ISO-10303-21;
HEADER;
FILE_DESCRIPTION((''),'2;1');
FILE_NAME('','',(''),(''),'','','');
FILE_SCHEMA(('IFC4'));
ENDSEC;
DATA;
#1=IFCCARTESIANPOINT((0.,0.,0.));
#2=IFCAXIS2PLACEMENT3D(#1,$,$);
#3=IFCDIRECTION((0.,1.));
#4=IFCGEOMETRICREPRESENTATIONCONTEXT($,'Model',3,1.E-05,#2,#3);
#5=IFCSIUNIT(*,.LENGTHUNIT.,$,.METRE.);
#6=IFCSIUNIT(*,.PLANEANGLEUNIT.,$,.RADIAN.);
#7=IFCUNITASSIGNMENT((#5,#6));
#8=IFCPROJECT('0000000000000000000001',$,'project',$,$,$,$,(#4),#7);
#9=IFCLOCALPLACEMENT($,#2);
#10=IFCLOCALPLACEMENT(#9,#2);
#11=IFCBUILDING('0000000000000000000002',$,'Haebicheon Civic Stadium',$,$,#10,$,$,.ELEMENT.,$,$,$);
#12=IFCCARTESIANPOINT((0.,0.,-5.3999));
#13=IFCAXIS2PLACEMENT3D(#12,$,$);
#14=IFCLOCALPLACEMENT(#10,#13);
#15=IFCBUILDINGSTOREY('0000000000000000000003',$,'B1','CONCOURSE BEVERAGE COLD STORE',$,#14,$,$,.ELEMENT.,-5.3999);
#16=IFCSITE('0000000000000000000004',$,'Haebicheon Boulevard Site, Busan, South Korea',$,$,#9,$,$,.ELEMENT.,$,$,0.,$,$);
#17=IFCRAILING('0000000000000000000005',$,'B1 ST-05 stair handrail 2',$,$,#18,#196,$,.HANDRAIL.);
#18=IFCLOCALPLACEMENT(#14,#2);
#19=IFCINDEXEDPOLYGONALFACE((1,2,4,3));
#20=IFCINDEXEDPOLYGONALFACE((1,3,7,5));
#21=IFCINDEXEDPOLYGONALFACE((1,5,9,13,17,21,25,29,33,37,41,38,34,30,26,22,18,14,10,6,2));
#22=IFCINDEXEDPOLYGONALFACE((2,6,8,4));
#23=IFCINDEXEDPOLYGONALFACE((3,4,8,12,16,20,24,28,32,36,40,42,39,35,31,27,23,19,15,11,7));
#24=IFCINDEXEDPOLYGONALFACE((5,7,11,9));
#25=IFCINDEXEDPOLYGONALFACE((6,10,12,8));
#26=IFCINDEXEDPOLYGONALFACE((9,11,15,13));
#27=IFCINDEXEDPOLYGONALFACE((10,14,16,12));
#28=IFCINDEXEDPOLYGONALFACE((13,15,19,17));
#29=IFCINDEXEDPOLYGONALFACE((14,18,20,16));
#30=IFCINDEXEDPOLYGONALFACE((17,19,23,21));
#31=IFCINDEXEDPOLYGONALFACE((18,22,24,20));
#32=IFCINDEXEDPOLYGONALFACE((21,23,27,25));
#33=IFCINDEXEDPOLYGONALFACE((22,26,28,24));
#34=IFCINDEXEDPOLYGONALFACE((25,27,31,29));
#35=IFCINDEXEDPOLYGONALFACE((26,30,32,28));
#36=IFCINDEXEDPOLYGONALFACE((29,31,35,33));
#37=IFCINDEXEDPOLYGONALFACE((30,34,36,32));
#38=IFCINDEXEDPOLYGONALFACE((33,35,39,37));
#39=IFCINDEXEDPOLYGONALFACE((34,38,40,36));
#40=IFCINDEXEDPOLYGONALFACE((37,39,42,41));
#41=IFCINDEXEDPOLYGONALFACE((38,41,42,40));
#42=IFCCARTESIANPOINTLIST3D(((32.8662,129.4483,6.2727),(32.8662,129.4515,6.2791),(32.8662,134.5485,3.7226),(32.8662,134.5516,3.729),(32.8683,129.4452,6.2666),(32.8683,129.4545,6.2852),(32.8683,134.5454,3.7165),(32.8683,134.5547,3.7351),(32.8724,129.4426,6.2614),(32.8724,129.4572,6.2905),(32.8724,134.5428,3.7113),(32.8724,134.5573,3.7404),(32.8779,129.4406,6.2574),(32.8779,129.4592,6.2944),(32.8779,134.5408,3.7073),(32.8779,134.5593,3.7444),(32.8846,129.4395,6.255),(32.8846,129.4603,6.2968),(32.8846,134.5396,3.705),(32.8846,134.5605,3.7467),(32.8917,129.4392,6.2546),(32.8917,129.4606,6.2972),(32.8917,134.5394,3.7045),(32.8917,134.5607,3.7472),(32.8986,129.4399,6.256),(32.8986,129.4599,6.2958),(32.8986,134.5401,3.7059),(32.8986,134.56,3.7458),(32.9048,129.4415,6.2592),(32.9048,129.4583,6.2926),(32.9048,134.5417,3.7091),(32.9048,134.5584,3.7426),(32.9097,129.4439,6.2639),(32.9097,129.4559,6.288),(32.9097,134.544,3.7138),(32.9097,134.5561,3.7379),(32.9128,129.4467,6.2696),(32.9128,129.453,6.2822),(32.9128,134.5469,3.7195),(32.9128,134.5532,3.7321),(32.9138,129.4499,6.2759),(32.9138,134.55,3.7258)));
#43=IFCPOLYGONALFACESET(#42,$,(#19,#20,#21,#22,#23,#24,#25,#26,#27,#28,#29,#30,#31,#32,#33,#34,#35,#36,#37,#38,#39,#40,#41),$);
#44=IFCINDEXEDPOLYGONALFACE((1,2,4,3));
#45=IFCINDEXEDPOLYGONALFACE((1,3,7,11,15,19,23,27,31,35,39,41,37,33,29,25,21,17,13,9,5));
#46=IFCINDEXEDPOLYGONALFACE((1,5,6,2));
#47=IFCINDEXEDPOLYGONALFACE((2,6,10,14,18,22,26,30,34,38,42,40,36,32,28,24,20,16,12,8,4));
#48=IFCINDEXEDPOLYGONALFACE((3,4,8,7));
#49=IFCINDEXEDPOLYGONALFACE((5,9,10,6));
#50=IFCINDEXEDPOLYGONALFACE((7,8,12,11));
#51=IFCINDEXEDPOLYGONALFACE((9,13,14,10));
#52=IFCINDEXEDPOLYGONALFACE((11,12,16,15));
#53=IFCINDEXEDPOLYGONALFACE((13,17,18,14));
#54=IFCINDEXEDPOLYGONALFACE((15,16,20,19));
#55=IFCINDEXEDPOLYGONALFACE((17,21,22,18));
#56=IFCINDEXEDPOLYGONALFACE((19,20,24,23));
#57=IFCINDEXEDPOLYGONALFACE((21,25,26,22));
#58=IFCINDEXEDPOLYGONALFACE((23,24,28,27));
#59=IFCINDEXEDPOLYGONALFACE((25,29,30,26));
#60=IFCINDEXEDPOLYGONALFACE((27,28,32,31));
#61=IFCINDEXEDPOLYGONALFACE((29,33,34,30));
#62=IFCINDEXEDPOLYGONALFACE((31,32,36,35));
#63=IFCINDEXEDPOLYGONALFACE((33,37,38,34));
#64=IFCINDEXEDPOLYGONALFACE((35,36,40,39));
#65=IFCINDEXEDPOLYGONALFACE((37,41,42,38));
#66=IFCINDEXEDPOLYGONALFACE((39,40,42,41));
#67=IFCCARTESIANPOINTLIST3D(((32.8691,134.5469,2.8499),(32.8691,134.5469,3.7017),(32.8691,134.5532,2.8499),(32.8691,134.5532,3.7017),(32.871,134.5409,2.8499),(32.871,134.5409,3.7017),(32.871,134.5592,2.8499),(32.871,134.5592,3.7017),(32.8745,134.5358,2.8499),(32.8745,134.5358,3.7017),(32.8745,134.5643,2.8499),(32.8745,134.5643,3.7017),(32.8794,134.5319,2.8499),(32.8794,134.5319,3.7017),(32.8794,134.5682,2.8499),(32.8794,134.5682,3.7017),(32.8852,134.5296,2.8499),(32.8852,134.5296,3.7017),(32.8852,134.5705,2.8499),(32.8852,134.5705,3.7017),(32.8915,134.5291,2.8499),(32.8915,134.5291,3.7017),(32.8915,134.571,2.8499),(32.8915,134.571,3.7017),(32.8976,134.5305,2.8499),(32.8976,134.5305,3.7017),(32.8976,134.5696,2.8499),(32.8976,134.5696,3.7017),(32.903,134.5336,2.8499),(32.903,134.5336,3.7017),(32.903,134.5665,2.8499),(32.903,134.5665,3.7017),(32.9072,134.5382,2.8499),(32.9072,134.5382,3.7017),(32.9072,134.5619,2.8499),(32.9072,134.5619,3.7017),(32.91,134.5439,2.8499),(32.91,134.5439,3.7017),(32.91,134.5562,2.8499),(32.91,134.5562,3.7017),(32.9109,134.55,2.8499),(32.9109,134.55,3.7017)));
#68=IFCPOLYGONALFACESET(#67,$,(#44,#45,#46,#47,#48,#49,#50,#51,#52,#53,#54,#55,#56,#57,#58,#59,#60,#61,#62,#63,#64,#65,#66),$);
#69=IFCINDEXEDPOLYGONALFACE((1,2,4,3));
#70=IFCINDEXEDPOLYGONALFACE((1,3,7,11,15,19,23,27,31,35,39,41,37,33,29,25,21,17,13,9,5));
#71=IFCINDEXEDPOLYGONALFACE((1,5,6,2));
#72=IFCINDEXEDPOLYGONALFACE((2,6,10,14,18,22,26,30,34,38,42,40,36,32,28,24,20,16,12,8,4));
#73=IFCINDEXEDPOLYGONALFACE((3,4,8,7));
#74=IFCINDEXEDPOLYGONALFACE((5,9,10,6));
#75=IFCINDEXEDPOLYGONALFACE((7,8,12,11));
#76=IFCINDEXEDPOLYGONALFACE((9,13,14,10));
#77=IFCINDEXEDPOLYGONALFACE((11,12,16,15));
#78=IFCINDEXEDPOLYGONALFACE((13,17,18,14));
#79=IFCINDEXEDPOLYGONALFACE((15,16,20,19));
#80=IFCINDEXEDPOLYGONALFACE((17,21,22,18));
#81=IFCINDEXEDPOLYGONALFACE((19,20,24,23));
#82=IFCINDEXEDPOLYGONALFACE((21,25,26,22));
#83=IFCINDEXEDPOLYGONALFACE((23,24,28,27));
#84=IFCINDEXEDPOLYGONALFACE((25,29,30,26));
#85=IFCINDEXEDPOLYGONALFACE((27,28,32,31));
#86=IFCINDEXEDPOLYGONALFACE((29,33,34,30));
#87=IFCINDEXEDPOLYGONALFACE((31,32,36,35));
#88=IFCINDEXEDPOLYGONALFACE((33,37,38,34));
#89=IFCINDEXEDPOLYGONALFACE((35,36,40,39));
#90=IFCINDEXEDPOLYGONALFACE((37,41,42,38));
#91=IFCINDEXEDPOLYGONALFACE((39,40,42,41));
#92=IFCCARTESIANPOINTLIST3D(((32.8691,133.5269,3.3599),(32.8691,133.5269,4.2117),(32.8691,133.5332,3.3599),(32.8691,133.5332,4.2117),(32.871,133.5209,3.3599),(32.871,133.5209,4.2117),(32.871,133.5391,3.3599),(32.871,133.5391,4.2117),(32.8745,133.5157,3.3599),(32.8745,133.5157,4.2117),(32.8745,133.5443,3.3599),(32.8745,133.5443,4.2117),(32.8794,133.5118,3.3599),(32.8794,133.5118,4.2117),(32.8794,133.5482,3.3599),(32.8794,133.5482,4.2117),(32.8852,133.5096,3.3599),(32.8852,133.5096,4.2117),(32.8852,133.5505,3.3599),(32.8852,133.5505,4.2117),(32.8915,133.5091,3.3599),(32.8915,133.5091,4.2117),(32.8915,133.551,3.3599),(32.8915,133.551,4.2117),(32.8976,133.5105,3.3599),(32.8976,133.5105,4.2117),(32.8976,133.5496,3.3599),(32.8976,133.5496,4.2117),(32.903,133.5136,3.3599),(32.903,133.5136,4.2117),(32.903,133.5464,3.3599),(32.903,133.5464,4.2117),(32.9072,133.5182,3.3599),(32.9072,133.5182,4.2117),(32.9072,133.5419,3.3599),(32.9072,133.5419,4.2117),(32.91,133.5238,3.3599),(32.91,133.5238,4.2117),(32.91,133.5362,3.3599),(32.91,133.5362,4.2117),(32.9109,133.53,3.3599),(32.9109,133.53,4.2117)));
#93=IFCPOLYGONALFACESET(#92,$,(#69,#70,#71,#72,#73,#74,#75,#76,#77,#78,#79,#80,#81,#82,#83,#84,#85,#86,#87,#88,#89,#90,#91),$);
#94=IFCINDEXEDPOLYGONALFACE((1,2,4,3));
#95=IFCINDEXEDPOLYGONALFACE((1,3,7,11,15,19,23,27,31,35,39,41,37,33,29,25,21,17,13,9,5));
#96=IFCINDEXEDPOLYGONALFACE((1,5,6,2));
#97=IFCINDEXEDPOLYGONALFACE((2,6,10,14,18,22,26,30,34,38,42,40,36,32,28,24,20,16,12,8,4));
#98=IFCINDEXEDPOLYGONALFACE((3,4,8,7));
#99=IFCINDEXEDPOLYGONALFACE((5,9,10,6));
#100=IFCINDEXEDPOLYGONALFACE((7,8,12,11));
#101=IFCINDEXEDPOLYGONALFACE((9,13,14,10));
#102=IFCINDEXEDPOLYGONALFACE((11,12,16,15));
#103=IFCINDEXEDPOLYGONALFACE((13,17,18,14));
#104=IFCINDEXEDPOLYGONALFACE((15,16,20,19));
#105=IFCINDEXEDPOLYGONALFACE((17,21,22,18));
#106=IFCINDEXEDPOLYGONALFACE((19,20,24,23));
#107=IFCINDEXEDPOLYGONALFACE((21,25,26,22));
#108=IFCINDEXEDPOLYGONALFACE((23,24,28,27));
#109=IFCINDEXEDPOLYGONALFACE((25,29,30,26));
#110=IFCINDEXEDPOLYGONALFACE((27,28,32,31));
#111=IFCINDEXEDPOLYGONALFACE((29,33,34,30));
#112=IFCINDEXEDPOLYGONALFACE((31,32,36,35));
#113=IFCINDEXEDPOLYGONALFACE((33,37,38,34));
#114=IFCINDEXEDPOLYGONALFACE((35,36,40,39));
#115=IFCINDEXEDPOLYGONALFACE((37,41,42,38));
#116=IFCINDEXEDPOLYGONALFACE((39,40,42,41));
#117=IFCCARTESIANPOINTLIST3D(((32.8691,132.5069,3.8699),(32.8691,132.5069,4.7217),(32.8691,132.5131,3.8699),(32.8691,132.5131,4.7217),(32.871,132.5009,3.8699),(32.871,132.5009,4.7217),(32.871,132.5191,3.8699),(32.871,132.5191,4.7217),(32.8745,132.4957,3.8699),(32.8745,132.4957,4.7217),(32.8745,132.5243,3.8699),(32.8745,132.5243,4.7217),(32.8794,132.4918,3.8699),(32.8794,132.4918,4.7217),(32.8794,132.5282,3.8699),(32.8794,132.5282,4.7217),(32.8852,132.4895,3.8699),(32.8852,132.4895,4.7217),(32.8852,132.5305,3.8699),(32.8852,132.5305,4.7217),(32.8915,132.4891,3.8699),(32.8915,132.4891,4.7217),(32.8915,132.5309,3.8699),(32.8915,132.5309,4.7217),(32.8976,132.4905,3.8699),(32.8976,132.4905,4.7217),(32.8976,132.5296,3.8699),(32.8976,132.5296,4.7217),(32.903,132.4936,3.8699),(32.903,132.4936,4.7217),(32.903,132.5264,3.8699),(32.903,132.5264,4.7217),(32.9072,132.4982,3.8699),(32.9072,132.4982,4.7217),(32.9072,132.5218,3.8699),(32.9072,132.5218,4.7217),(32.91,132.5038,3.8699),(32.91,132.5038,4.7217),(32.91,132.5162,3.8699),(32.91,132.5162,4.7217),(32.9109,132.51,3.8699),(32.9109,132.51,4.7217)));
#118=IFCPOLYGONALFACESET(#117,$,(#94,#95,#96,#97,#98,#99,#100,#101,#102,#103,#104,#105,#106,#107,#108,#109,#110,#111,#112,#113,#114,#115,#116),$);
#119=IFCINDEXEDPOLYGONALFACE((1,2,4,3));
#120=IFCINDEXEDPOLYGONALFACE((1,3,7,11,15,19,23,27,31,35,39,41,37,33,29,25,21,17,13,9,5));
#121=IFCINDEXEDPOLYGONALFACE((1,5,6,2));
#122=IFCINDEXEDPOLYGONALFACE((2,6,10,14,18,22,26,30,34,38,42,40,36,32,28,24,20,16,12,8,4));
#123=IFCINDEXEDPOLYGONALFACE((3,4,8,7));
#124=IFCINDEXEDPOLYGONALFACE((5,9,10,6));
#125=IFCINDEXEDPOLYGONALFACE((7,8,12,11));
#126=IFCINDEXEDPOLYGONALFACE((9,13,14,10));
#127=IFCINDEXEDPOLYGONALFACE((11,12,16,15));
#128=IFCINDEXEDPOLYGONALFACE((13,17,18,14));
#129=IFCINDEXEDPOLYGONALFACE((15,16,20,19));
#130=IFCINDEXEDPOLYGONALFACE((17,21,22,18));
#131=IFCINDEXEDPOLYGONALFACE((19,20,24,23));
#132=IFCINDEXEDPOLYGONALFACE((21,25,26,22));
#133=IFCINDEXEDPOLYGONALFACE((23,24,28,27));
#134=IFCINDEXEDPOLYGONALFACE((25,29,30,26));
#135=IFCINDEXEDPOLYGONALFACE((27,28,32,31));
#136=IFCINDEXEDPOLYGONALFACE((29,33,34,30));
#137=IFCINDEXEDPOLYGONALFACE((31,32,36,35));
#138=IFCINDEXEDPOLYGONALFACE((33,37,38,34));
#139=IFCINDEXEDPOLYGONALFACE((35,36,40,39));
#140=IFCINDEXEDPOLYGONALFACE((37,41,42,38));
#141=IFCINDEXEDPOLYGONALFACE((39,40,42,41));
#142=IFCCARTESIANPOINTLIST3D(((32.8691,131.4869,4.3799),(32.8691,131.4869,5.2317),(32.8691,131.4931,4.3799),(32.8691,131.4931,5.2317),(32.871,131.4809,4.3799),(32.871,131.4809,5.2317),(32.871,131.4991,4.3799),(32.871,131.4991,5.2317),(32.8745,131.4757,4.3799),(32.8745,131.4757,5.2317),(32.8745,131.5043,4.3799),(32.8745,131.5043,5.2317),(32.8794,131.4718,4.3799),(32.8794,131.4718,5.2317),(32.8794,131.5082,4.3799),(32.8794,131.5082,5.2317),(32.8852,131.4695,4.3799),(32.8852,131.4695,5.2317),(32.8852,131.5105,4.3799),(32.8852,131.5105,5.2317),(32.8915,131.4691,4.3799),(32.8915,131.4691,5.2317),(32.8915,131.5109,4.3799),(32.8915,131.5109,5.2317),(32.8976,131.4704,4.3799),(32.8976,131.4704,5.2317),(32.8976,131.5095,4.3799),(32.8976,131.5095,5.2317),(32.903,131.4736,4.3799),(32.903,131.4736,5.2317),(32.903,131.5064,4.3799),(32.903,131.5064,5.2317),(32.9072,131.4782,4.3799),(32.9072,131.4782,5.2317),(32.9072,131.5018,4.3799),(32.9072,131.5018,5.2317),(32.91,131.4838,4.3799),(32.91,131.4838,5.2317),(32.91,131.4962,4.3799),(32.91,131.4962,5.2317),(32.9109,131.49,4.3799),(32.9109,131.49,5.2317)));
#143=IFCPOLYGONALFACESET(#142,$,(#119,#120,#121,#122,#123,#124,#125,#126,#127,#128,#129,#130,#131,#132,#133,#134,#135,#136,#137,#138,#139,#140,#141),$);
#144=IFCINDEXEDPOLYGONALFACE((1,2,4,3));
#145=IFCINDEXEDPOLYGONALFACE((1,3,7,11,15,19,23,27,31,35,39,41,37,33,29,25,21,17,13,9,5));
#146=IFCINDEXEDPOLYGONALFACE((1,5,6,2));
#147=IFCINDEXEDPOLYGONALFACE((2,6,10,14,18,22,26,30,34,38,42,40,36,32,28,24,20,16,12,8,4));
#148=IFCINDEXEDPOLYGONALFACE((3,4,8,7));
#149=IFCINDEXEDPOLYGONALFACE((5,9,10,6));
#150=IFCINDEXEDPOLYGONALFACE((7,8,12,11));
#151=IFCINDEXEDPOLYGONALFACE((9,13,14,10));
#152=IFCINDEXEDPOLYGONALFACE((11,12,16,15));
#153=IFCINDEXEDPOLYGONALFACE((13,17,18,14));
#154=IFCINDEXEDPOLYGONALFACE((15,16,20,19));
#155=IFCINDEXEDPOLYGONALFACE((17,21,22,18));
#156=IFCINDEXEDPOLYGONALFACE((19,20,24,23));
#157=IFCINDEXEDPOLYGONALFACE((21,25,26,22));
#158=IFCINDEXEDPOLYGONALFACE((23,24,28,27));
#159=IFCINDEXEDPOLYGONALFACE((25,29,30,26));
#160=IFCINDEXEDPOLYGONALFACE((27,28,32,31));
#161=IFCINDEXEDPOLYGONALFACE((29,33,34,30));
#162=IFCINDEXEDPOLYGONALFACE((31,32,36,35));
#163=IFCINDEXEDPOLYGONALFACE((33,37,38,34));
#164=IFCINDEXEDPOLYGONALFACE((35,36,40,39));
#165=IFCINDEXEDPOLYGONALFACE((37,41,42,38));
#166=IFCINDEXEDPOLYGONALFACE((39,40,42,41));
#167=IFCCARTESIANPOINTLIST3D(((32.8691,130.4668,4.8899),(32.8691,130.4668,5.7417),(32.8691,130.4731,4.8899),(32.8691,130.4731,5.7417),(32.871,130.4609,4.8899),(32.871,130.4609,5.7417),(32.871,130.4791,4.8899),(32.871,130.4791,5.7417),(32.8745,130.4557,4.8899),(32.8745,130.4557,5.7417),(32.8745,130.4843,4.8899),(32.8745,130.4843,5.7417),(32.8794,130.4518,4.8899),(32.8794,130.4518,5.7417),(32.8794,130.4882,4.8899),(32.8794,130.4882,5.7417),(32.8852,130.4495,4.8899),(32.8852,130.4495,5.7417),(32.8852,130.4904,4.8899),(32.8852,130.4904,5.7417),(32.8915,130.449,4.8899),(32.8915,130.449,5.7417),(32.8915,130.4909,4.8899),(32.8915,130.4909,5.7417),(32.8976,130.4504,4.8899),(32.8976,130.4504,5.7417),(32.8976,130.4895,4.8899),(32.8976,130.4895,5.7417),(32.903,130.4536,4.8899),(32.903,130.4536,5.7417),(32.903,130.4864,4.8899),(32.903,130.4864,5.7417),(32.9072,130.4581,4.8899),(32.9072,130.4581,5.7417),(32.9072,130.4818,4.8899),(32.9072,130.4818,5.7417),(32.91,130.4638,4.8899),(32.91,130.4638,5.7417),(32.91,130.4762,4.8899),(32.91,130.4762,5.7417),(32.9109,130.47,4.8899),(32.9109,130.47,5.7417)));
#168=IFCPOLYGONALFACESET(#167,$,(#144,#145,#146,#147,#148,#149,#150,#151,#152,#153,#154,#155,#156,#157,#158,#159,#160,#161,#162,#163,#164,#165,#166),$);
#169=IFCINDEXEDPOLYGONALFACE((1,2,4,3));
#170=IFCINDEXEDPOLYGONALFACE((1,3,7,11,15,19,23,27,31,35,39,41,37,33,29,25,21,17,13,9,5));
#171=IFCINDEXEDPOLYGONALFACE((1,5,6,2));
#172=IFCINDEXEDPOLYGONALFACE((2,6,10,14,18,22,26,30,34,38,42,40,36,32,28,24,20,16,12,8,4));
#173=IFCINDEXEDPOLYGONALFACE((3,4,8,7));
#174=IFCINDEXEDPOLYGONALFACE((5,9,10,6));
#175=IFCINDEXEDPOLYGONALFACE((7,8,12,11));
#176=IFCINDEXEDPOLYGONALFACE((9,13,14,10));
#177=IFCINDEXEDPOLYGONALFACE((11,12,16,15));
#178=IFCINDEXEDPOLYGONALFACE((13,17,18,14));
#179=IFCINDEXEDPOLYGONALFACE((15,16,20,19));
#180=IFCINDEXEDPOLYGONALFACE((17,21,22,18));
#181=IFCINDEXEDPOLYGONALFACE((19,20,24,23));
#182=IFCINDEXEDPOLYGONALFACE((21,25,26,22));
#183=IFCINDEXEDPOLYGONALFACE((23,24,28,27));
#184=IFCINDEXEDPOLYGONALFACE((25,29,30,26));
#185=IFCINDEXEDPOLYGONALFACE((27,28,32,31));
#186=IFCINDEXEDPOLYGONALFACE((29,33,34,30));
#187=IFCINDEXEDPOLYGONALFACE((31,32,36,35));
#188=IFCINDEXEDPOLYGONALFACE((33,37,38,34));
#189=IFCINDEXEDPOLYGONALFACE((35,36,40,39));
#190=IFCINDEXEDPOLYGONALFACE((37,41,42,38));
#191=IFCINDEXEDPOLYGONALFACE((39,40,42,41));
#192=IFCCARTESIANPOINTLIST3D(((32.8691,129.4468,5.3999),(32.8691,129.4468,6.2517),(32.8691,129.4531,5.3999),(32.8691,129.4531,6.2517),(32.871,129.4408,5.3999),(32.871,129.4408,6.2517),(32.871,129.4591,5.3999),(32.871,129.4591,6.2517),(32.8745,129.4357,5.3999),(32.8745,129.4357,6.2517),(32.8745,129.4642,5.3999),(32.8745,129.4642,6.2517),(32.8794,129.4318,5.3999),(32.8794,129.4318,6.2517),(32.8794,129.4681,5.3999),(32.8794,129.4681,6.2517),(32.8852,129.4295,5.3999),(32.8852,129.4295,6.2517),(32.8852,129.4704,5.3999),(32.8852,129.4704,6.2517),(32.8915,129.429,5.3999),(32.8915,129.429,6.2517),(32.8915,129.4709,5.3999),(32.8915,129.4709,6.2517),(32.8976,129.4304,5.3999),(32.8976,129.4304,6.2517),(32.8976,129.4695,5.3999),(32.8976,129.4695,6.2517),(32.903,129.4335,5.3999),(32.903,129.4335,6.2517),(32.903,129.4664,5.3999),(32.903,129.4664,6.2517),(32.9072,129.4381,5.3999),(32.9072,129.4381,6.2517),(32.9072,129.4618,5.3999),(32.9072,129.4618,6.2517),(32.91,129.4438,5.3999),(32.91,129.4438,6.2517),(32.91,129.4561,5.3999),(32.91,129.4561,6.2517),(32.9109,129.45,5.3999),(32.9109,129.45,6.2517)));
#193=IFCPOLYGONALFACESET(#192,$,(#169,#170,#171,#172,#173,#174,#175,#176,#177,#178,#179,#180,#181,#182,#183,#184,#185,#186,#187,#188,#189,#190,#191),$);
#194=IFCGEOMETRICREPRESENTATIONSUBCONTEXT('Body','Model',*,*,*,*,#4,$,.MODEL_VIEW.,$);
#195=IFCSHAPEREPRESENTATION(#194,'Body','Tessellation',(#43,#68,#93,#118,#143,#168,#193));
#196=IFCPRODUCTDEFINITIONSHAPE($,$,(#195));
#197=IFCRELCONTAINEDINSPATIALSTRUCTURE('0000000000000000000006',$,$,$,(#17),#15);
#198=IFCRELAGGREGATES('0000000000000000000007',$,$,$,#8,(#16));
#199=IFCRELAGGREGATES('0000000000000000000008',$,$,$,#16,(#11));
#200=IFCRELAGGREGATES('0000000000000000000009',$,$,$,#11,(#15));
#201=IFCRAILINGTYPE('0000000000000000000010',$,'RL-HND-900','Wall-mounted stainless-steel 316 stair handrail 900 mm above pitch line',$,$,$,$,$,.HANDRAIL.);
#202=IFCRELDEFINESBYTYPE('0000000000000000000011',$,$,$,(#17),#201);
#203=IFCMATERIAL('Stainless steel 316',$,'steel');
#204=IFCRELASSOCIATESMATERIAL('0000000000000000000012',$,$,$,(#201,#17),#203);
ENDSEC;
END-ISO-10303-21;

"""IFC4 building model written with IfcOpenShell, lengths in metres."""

from ifc_helpers import new_model, si_unit, direction, frame, origin, origin_2d, place, context, subcontext, project, spatial, circle, extrude, material, type_object, element, save


model = new_model("IFC4")

# Units and contexts
model_context = context("Model", 3, precision=1e-05, world=origin(), true_north=direction((0.0, 1.0)))
body_context = subcontext(model_context, "Body", "Model", "MODEL_VIEW")
ifc_project = project(units=[si_unit("LENGTHUNIT", "METRE"), si_unit("PLANEANGLEUNIT", "RADIAN")], contexts=[model_context])

# Site, building, storey
site_placement = place(None, origin())
site = spatial("IfcSite", under=ifc_project, at=site_placement, Name="Haebicheon Boulevard Site, Busan, South Korea", CompositionType="ELEMENT", RefElevation=0.0)
building_placement = place(site_placement, origin())
building = spatial("IfcBuilding", under=site, at=building_placement, Name="Haebicheon Civic Stadium", CompositionType="ELEMENT")
storey_placement = place(building_placement, frame((0.0, 0.0, -5.3999)))
storey = spatial("IfcBuildingStorey", under=building, at=storey_placement, Name="B1", Description="CONCOURSE BEVERAGE COLD STORE", CompositionType="ELEMENT", Elevation=-5.3999)

# Railing
ifc_material_1 = material(Name="Stainless steel 316", Category="steel")
railing_type_1 = type_object("IfcRailingType", Name="RL-HND-900", Description="Wall-mounted stainless-steel 316 stair handrail 900 mm above pitch line", PredefinedType="HANDRAIL", material=ifc_material_1)
railing_1_placement = place(storey_placement, frame((32.8899, 134.55, 2.8499)))
element("IfcRailing", 1, at=railing_1_placement, inside=storey, type_object=railing_type_1, material=ifc_material_1, Name="B1 ST-05 stair handrail 2", PredefinedType="HANDRAIL", context=body_context, shape_type="SweptSolid", body=[
    extrude(circle(Radius=0.0239, at=origin_2d()), frame((0.0, 0.0, 0.876), z_axis=(0.0, -0.894427, 0.447214), x_axis=(1.0, 0.0, 0.0)), (0.0, 0.0, 1.0), 5.7021),
    extrude(circle(Radius=0.021, at=origin_2d()), origin(), (0.0, 0.0, 1.0), 0.8518),
    extrude(circle(Radius=0.021, at=origin_2d()), frame((0.0, -1.02, 0.51)), (0.0, 0.0, 1.0), 0.8518),
    extrude(circle(Radius=0.021, at=origin_2d()), frame((0.0, -2.04, 1.02)), (0.0, 0.0, 1.0), 0.8518),
    extrude(circle(Radius=0.021, at=origin_2d()), frame((0.0, -3.0601, 1.53)), (0.0, 0.0, 1.0), 0.8518),
    extrude(circle(Radius=0.021, at=origin_2d()), frame((0.0, -4.0801, 2.04)), (0.0, 0.0, 1.0), 0.8518),
    extrude(circle(Radius=0.021, at=origin_2d()), frame((0.0, -5.1001, 2.55)), (0.0, 0.0, 1.0), 0.8518),
])

save(model, "model.ifc")
